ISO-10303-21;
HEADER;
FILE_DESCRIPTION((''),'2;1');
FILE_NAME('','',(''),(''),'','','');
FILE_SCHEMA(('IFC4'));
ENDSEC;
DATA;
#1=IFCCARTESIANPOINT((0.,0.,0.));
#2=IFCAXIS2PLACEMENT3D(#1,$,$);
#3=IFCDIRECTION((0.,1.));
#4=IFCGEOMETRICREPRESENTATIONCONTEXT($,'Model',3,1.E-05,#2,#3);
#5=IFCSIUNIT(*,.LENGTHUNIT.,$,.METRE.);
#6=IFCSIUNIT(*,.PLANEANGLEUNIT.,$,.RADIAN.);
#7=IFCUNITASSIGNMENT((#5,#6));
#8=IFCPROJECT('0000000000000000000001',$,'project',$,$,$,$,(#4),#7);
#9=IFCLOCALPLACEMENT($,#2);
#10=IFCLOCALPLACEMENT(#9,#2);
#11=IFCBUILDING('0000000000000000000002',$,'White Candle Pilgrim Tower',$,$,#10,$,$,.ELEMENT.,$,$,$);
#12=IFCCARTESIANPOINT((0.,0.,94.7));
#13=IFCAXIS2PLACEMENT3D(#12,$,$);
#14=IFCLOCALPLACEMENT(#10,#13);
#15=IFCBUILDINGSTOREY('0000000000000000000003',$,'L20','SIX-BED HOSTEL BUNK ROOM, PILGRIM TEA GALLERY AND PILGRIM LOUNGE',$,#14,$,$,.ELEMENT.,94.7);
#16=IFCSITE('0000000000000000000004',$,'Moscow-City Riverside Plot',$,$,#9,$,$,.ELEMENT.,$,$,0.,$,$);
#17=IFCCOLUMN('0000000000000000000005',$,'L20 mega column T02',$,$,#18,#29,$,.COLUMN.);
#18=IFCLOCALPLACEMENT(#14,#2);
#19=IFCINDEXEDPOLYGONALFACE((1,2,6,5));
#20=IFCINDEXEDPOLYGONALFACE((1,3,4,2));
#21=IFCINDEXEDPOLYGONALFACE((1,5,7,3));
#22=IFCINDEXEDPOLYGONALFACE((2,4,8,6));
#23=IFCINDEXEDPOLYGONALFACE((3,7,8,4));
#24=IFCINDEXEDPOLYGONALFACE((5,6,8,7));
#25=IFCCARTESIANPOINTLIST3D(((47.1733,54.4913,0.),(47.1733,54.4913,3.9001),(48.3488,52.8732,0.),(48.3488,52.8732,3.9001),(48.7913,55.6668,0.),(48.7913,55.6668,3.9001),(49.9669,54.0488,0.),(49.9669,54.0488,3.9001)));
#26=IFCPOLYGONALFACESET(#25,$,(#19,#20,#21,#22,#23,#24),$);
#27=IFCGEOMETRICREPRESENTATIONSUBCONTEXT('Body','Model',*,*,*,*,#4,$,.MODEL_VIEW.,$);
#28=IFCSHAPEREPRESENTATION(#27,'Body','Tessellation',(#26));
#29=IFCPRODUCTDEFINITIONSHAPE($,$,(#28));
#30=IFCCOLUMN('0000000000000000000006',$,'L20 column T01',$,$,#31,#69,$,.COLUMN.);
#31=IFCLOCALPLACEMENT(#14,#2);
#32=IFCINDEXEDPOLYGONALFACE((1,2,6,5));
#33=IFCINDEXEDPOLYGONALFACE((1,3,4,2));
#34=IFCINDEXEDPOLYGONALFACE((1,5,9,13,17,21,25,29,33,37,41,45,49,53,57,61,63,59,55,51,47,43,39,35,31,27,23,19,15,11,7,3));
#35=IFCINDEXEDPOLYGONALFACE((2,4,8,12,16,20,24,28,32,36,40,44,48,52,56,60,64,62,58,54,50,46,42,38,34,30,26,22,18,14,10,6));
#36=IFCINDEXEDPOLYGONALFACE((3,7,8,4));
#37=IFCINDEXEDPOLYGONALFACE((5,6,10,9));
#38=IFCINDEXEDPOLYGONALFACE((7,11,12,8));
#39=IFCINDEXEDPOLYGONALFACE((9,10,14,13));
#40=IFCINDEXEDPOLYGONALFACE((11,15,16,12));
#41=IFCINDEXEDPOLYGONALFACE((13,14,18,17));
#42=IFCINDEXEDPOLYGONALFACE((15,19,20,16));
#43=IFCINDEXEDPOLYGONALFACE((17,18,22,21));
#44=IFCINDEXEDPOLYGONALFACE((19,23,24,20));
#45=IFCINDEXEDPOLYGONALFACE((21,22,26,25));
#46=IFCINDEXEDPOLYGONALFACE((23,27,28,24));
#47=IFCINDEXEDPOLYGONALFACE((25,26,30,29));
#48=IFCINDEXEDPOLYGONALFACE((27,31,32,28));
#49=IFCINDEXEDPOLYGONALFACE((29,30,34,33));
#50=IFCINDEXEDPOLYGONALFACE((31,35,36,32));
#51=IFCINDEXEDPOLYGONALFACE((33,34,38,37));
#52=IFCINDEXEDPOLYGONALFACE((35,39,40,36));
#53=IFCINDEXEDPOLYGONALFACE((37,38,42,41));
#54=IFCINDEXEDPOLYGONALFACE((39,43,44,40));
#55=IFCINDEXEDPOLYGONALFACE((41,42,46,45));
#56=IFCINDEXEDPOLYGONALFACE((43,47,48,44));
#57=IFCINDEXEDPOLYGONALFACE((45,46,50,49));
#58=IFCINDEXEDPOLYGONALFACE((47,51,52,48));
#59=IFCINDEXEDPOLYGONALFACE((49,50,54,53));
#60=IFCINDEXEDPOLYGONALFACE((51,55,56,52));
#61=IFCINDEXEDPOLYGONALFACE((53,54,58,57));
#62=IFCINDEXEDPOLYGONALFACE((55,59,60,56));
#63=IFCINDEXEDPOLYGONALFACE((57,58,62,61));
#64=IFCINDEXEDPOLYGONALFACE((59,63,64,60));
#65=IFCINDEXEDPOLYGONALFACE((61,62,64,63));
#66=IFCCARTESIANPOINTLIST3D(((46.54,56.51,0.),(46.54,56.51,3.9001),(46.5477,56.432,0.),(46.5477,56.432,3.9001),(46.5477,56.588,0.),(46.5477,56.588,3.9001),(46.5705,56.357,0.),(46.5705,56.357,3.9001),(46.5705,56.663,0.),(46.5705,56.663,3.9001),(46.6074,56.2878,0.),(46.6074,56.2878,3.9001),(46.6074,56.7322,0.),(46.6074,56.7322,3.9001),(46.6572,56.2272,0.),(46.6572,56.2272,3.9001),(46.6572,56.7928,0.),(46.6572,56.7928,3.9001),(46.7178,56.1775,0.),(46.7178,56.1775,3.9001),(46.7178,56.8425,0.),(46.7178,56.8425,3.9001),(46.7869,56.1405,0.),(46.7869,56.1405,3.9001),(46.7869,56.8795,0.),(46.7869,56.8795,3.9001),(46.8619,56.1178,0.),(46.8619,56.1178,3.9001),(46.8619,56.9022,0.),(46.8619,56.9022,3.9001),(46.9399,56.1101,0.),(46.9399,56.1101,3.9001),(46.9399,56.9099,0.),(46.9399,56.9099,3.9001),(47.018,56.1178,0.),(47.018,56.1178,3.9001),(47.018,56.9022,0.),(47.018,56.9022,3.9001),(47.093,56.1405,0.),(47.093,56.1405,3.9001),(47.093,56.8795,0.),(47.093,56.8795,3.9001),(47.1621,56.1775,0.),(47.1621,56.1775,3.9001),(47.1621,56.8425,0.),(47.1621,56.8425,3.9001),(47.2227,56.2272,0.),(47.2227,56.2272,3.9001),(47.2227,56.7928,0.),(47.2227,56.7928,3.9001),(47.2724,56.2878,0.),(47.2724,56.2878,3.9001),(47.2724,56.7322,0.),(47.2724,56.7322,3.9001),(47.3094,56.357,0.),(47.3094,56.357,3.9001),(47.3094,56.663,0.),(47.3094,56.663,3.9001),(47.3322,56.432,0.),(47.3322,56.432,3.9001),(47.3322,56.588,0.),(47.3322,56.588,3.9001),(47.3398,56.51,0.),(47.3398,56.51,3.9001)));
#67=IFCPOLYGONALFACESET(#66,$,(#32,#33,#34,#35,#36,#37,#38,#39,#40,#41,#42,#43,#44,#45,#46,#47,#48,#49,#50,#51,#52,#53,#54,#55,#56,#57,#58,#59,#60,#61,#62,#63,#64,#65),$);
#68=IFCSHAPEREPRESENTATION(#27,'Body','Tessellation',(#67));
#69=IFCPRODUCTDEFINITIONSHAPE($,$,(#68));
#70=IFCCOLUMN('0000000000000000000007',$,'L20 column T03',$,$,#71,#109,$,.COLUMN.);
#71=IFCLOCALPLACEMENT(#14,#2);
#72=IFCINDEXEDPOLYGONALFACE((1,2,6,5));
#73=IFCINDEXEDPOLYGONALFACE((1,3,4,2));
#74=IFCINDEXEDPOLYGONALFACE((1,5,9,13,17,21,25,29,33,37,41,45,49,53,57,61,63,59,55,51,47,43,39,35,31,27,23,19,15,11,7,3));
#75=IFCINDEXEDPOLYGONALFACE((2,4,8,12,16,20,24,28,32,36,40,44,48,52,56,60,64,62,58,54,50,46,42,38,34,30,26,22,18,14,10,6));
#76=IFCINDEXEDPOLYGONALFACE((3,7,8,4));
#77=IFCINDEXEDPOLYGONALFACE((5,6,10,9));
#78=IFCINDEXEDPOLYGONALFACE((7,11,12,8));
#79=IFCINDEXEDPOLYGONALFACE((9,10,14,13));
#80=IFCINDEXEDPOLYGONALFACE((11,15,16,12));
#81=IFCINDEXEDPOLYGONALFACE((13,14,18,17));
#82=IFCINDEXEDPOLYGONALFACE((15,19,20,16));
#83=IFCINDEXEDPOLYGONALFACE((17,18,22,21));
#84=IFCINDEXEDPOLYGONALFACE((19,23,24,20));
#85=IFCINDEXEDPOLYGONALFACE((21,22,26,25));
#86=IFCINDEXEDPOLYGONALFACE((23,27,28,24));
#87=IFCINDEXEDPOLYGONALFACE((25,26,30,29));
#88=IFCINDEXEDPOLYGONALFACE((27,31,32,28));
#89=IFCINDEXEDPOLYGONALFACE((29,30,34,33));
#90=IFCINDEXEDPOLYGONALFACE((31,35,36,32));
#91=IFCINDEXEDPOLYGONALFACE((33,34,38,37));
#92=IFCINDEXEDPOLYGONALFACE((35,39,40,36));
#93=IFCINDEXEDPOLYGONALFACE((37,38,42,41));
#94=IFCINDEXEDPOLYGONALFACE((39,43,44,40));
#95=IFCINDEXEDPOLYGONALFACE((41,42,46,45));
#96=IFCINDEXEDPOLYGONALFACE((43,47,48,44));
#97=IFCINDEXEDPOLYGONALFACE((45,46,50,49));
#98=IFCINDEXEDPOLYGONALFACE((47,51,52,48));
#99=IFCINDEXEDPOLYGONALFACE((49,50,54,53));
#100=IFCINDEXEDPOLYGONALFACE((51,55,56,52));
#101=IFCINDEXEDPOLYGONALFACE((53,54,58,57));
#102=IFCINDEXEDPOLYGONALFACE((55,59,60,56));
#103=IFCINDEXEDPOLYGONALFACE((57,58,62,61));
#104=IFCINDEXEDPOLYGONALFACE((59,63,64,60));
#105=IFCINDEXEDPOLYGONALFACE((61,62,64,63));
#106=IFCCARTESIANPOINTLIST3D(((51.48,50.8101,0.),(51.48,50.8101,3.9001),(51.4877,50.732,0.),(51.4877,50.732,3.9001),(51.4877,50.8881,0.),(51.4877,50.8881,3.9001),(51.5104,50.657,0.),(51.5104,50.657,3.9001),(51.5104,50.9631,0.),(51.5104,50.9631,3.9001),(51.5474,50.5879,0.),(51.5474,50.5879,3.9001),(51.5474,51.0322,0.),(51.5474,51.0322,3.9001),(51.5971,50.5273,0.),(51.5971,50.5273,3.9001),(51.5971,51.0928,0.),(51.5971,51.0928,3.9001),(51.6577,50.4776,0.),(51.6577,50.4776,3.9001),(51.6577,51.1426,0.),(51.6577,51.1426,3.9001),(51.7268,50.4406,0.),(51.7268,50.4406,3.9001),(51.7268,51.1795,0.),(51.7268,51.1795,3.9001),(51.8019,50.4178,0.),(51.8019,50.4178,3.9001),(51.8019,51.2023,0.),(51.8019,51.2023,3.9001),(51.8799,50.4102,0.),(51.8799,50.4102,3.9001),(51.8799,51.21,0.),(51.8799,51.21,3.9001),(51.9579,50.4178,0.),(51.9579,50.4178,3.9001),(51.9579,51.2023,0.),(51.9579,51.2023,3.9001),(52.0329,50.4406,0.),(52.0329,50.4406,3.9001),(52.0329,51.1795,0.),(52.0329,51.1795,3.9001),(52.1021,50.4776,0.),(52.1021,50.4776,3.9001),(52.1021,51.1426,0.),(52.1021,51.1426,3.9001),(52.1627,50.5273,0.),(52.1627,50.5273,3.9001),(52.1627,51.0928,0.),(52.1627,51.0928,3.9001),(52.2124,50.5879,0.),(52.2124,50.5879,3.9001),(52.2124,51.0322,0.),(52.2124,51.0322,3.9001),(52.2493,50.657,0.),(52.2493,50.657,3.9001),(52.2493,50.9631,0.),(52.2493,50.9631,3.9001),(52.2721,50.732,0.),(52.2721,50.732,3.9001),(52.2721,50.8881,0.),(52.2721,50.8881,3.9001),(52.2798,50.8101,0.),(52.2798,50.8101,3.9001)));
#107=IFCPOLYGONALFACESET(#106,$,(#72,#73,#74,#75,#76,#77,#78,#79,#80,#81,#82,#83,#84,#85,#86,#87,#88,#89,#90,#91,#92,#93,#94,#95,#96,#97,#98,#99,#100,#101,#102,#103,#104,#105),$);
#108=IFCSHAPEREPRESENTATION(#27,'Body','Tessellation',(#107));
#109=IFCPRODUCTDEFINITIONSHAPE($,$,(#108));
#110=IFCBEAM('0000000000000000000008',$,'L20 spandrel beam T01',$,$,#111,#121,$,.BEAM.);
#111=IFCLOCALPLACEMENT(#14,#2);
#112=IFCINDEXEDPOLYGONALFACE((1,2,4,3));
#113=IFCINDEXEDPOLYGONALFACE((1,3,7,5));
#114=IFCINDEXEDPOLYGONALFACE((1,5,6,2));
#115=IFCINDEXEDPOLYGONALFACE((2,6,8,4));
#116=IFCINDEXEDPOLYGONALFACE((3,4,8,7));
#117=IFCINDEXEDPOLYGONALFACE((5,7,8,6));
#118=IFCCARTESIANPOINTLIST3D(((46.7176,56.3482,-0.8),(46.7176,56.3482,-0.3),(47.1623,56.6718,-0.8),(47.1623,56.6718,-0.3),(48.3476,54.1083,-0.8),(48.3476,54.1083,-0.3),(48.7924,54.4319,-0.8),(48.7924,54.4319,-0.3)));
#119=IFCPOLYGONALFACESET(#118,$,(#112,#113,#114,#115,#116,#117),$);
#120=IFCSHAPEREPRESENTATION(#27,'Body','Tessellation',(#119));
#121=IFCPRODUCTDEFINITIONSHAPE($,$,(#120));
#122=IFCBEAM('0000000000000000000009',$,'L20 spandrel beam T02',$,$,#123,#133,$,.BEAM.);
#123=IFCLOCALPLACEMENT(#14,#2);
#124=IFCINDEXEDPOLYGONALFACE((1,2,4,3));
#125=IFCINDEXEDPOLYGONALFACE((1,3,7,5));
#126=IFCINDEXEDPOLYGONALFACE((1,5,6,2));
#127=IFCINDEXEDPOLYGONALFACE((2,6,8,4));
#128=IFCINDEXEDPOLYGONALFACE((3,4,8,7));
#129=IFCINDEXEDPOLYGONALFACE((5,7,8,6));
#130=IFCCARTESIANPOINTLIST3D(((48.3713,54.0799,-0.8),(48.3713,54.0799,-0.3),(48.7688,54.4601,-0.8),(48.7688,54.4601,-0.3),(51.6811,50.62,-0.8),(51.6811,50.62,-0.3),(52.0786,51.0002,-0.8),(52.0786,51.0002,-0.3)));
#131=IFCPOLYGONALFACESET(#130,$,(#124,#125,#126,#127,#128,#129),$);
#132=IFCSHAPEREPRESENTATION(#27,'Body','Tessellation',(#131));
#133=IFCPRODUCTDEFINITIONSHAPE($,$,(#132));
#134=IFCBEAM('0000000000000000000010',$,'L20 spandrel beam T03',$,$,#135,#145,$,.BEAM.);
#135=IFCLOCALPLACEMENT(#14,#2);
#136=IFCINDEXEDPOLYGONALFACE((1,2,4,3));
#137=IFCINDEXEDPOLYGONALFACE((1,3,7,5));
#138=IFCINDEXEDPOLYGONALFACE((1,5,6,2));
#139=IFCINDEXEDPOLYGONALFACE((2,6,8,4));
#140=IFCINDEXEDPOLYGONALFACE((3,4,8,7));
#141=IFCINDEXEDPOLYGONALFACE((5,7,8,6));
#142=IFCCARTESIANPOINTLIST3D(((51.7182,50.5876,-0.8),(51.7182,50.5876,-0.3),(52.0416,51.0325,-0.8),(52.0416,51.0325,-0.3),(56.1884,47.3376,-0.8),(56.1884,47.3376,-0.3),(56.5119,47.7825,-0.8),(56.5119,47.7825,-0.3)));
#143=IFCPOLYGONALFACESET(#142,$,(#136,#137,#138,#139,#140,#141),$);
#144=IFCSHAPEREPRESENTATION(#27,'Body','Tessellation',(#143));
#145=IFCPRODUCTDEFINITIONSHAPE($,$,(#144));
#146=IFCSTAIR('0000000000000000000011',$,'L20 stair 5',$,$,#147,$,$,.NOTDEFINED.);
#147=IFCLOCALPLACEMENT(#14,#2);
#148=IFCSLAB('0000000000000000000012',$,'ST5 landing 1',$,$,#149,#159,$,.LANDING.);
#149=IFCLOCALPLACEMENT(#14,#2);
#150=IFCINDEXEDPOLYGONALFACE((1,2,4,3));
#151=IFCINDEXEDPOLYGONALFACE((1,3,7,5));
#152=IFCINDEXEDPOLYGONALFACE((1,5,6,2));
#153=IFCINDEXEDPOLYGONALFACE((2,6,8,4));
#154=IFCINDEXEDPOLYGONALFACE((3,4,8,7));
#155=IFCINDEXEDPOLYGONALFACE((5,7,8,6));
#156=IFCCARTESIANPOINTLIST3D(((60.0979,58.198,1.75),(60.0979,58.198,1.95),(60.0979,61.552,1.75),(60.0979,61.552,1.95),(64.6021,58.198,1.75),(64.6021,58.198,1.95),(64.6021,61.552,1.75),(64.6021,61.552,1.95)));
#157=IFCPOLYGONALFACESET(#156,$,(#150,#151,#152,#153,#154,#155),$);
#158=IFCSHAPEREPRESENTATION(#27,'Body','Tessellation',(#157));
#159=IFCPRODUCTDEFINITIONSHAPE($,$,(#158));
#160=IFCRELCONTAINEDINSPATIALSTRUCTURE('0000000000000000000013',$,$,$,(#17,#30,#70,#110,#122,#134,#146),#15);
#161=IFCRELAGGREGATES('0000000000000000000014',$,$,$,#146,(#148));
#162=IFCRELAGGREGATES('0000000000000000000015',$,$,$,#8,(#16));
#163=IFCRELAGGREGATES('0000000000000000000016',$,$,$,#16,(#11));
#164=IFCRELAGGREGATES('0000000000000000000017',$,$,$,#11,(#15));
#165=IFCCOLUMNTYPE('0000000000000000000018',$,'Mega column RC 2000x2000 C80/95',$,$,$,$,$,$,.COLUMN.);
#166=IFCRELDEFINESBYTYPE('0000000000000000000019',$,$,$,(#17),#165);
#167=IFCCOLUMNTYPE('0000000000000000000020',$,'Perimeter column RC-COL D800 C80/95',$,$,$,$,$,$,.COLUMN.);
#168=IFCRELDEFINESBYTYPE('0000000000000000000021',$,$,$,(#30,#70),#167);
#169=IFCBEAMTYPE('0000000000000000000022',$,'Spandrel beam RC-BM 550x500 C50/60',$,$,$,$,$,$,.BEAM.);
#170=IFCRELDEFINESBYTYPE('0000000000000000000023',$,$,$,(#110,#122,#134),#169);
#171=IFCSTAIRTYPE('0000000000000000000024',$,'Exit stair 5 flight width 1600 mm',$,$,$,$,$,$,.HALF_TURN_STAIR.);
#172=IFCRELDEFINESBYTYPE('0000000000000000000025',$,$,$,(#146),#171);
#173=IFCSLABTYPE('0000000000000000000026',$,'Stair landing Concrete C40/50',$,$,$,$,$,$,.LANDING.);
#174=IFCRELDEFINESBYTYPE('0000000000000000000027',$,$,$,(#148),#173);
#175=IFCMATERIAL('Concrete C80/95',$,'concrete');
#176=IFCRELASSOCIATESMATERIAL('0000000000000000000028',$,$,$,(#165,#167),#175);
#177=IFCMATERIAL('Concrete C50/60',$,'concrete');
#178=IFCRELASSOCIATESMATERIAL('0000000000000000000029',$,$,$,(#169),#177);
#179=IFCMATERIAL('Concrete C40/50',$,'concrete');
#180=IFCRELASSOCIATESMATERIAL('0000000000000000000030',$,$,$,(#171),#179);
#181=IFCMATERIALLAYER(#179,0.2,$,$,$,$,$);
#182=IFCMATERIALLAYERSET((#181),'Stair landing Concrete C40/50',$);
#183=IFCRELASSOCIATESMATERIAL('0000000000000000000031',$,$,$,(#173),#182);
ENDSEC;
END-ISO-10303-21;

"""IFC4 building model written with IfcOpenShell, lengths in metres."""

from ifc_helpers import new_model, si_unit, direction, frame, origin, origin_2d, place, context, subcontext, project, spatial, polyline, rectangle, circle, outline, extrude, material, layer, layer_set, material_profile, profile_set, type_object, element, aggregate, save


model = new_model("IFC4")

# Units and contexts
model_context = context("Model", 3, precision=1e-05, world=origin(), true_north=direction((0.0, 1.0)))
body_context = subcontext(model_context, "Body", "Model", "MODEL_VIEW")
ifc_project = project(units=[si_unit("LENGTHUNIT", "METRE"), si_unit("PLANEANGLEUNIT", "RADIAN")], contexts=[model_context])

# Site, building, storey
site_placement = place(None, origin())
site = spatial("IfcSite", under=ifc_project, at=site_placement, Name="Moscow-City Riverside Plot", CompositionType="ELEMENT", RefElevation=0.0)
building_placement = place(site_placement, origin())
building = spatial("IfcBuilding", under=site, at=building_placement, Name="White Candle Pilgrim Tower", CompositionType="ELEMENT")
storey_placement = place(building_placement, frame((0.0, 0.0, 94.7)))
storey = spatial("IfcBuildingStorey", under=building, at=storey_placement, Name="L20", Description="SIX-BED HOSTEL BUNK ROOM, PILGRIM TEA GALLERY AND PILGRIM LOUNGE", CompositionType="ELEMENT", Elevation=94.7)

# Columns
ifc_material_1 = material(Name="Concrete C80/95", Category="concrete")
ifc_material_profile_1 = material_profile(ifc_material_1, rectangle(XDim=2.0, YDim=2.0, at=origin_2d()), Name="RC 2000x2000")
ifc_profile_set_1 = profile_set([ifc_material_profile_1], Name="Concrete C80/95")
column_type_1 = type_object("IfcColumnType", Name="Mega column RC 2000x2000 C80/95", PredefinedType="COLUMN", material=ifc_profile_set_1)
column_placement = place(storey_placement, frame((48.5701, 54.27, 0.0), z_axis=(0.0, 0.0, 1.0), x_axis=(-0.809017, -0.587785, 0.0)))
element("IfcColumn", 1, at=column_placement, inside=storey, type_object=column_type_1, Name="L20 mega column T02", PredefinedType="COLUMN", context=body_context, shape_type="SweptSolid", body=[
    extrude(rectangle(XDim=2.0, YDim=2.0, at=origin_2d()), origin(), (0.0, 0.0, 1.0), 3.9001),
])
ifc_material_profile_2 = material_profile(ifc_material_1, circle(Radius=0.3999, at=origin_2d()), Name="RC-COL D800")
ifc_profile_set_2 = profile_set([ifc_material_profile_2], Name="Concrete C80/95")
column_type_2 = type_object("IfcColumnType", Name="Perimeter column RC-COL D800 C80/95", PredefinedType="COLUMN", material=ifc_profile_set_2)
for number, where, z_axis, x_axis, name in (
    (2, (46.9399, 56.51, 0.0), (0.0, 0.0, 1.0), (1.0, 0.0, 0.0), "L20 column T01"),
    (3, (51.8799, 50.8101, 0.0), (0.0, 0.0, 1.0), (1.0, 0.0, 0.0), "L20 column T03"),
):
    element("IfcColumn", number, at=place(storey_placement, frame(where, z_axis=z_axis, x_axis=x_axis)), inside=storey, type_object=column_type_2, Name=name, PredefinedType="COLUMN", context=body_context, shape_type="SweptSolid", body=[
        extrude(circle(Radius=0.3999, at=origin_2d()), origin(), (0.0, 0.0, 1.0), 3.9001),
    ])

# Beams
ifc_material_2 = material(Name="Concrete C50/60", Category="concrete")
ifc_material_profile_3 = material_profile(ifc_material_2, rectangle(XDim=0.55, YDim=0.5, at=origin_2d()), Name="RC-BM 550x500")
ifc_profile_set_3 = profile_set([ifc_material_profile_3], Name="Concrete C50/60")
beam_type = type_object("IfcBeamType", Name="Spandrel beam RC-BM 550x500 C50/60", PredefinedType="BEAM", material=ifc_profile_set_3)
beam_1_placement = place(storey_placement, frame((46.9399, 56.51, -0.55), z_axis=(0.588418, -0.808557, 0.0), x_axis=(0.808557, 0.588418, 0.0)))
element("IfcBeam", 4, at=beam_1_placement, inside=storey, type_object=beam_type, Name="L20 spandrel beam T01", PredefinedType="BEAM", context=body_context, shape_type="SweptSolid", body=[
    extrude(rectangle(XDim=0.55, YDim=0.5, at=origin_2d()), origin(), (0.0, 0.0, 1.0), 2.7703),
])
beam_2_placement = place(storey_placement, frame((48.5701, 54.27, -0.55), z_axis=(0.691254, -0.722612, 0.0), x_axis=(0.722612, 0.691254, 0.0)))
element("IfcBeam", 5, at=beam_2_placement, inside=storey, type_object=beam_type, Name="L20 spandrel beam T02", PredefinedType="BEAM", context=body_context, shape_type="SweptSolid", body=[
    extrude(rectangle(XDim=0.55, YDim=0.5, at=origin_2d()), origin(), (0.0, 0.0, 1.0), 4.7881),
])
beam_3_placement = place(storey_placement, frame((51.8799, 50.8101, -0.55), z_axis=(0.808828, -0.588046, 0.0), x_axis=(0.588046, 0.808828, 0.0)))
element("IfcBeam", 6, at=beam_3_placement, inside=storey, type_object=beam_type, Name="L20 spandrel beam T03", PredefinedType="BEAM", context=body_context, shape_type="SweptSolid", body=[
    extrude(rectangle(XDim=0.55, YDim=0.5, at=origin_2d()), origin(), (0.0, 0.0, 1.0), 5.5269),
])

# Stair, slab
ifc_material_3 = material(Name="Concrete C40/50", Category="concrete")
stair_type = type_object("IfcStairType", Name="Exit stair 5 flight width 1600 mm", PredefinedType="HALF_TURN_STAIR", material=ifc_material_3)
stair_placement = place(storey_placement, origin())
stair = element("IfcStair", 7, at=stair_placement, inside=storey, type_object=stair_type, Name="L20 stair 5", PredefinedType="NOTDEFINED")
ifc_layer_1 = layer(ifc_material_3, 0.2)
ifc_layer_set_1 = layer_set([ifc_layer_1], Name="Stair landing Concrete C40/50")
slab_type = type_object("IfcSlabType", Name="Stair landing Concrete C40/50", PredefinedType="LANDING", material=ifc_layer_set_1)
slab_placement = place(storey_placement, frame((0.0, 0.0, 1.75)))
slab = element("IfcSlab", 8, at=slab_placement, type_object=slab_type, Name="ST5 landing 1", PredefinedType="LANDING", context=body_context, shape_type="SweptSolid", body=[
    extrude(outline(polyline([(60.0979, 58.198), (60.0979, 61.552), (64.6021, 61.552), (64.6021, 58.198), (60.0979, 58.198)])), origin(), (0.0, 0.0, 1.0), 0.2),
])
aggregate(stair, [slab])

save(model, "model.ifc")
